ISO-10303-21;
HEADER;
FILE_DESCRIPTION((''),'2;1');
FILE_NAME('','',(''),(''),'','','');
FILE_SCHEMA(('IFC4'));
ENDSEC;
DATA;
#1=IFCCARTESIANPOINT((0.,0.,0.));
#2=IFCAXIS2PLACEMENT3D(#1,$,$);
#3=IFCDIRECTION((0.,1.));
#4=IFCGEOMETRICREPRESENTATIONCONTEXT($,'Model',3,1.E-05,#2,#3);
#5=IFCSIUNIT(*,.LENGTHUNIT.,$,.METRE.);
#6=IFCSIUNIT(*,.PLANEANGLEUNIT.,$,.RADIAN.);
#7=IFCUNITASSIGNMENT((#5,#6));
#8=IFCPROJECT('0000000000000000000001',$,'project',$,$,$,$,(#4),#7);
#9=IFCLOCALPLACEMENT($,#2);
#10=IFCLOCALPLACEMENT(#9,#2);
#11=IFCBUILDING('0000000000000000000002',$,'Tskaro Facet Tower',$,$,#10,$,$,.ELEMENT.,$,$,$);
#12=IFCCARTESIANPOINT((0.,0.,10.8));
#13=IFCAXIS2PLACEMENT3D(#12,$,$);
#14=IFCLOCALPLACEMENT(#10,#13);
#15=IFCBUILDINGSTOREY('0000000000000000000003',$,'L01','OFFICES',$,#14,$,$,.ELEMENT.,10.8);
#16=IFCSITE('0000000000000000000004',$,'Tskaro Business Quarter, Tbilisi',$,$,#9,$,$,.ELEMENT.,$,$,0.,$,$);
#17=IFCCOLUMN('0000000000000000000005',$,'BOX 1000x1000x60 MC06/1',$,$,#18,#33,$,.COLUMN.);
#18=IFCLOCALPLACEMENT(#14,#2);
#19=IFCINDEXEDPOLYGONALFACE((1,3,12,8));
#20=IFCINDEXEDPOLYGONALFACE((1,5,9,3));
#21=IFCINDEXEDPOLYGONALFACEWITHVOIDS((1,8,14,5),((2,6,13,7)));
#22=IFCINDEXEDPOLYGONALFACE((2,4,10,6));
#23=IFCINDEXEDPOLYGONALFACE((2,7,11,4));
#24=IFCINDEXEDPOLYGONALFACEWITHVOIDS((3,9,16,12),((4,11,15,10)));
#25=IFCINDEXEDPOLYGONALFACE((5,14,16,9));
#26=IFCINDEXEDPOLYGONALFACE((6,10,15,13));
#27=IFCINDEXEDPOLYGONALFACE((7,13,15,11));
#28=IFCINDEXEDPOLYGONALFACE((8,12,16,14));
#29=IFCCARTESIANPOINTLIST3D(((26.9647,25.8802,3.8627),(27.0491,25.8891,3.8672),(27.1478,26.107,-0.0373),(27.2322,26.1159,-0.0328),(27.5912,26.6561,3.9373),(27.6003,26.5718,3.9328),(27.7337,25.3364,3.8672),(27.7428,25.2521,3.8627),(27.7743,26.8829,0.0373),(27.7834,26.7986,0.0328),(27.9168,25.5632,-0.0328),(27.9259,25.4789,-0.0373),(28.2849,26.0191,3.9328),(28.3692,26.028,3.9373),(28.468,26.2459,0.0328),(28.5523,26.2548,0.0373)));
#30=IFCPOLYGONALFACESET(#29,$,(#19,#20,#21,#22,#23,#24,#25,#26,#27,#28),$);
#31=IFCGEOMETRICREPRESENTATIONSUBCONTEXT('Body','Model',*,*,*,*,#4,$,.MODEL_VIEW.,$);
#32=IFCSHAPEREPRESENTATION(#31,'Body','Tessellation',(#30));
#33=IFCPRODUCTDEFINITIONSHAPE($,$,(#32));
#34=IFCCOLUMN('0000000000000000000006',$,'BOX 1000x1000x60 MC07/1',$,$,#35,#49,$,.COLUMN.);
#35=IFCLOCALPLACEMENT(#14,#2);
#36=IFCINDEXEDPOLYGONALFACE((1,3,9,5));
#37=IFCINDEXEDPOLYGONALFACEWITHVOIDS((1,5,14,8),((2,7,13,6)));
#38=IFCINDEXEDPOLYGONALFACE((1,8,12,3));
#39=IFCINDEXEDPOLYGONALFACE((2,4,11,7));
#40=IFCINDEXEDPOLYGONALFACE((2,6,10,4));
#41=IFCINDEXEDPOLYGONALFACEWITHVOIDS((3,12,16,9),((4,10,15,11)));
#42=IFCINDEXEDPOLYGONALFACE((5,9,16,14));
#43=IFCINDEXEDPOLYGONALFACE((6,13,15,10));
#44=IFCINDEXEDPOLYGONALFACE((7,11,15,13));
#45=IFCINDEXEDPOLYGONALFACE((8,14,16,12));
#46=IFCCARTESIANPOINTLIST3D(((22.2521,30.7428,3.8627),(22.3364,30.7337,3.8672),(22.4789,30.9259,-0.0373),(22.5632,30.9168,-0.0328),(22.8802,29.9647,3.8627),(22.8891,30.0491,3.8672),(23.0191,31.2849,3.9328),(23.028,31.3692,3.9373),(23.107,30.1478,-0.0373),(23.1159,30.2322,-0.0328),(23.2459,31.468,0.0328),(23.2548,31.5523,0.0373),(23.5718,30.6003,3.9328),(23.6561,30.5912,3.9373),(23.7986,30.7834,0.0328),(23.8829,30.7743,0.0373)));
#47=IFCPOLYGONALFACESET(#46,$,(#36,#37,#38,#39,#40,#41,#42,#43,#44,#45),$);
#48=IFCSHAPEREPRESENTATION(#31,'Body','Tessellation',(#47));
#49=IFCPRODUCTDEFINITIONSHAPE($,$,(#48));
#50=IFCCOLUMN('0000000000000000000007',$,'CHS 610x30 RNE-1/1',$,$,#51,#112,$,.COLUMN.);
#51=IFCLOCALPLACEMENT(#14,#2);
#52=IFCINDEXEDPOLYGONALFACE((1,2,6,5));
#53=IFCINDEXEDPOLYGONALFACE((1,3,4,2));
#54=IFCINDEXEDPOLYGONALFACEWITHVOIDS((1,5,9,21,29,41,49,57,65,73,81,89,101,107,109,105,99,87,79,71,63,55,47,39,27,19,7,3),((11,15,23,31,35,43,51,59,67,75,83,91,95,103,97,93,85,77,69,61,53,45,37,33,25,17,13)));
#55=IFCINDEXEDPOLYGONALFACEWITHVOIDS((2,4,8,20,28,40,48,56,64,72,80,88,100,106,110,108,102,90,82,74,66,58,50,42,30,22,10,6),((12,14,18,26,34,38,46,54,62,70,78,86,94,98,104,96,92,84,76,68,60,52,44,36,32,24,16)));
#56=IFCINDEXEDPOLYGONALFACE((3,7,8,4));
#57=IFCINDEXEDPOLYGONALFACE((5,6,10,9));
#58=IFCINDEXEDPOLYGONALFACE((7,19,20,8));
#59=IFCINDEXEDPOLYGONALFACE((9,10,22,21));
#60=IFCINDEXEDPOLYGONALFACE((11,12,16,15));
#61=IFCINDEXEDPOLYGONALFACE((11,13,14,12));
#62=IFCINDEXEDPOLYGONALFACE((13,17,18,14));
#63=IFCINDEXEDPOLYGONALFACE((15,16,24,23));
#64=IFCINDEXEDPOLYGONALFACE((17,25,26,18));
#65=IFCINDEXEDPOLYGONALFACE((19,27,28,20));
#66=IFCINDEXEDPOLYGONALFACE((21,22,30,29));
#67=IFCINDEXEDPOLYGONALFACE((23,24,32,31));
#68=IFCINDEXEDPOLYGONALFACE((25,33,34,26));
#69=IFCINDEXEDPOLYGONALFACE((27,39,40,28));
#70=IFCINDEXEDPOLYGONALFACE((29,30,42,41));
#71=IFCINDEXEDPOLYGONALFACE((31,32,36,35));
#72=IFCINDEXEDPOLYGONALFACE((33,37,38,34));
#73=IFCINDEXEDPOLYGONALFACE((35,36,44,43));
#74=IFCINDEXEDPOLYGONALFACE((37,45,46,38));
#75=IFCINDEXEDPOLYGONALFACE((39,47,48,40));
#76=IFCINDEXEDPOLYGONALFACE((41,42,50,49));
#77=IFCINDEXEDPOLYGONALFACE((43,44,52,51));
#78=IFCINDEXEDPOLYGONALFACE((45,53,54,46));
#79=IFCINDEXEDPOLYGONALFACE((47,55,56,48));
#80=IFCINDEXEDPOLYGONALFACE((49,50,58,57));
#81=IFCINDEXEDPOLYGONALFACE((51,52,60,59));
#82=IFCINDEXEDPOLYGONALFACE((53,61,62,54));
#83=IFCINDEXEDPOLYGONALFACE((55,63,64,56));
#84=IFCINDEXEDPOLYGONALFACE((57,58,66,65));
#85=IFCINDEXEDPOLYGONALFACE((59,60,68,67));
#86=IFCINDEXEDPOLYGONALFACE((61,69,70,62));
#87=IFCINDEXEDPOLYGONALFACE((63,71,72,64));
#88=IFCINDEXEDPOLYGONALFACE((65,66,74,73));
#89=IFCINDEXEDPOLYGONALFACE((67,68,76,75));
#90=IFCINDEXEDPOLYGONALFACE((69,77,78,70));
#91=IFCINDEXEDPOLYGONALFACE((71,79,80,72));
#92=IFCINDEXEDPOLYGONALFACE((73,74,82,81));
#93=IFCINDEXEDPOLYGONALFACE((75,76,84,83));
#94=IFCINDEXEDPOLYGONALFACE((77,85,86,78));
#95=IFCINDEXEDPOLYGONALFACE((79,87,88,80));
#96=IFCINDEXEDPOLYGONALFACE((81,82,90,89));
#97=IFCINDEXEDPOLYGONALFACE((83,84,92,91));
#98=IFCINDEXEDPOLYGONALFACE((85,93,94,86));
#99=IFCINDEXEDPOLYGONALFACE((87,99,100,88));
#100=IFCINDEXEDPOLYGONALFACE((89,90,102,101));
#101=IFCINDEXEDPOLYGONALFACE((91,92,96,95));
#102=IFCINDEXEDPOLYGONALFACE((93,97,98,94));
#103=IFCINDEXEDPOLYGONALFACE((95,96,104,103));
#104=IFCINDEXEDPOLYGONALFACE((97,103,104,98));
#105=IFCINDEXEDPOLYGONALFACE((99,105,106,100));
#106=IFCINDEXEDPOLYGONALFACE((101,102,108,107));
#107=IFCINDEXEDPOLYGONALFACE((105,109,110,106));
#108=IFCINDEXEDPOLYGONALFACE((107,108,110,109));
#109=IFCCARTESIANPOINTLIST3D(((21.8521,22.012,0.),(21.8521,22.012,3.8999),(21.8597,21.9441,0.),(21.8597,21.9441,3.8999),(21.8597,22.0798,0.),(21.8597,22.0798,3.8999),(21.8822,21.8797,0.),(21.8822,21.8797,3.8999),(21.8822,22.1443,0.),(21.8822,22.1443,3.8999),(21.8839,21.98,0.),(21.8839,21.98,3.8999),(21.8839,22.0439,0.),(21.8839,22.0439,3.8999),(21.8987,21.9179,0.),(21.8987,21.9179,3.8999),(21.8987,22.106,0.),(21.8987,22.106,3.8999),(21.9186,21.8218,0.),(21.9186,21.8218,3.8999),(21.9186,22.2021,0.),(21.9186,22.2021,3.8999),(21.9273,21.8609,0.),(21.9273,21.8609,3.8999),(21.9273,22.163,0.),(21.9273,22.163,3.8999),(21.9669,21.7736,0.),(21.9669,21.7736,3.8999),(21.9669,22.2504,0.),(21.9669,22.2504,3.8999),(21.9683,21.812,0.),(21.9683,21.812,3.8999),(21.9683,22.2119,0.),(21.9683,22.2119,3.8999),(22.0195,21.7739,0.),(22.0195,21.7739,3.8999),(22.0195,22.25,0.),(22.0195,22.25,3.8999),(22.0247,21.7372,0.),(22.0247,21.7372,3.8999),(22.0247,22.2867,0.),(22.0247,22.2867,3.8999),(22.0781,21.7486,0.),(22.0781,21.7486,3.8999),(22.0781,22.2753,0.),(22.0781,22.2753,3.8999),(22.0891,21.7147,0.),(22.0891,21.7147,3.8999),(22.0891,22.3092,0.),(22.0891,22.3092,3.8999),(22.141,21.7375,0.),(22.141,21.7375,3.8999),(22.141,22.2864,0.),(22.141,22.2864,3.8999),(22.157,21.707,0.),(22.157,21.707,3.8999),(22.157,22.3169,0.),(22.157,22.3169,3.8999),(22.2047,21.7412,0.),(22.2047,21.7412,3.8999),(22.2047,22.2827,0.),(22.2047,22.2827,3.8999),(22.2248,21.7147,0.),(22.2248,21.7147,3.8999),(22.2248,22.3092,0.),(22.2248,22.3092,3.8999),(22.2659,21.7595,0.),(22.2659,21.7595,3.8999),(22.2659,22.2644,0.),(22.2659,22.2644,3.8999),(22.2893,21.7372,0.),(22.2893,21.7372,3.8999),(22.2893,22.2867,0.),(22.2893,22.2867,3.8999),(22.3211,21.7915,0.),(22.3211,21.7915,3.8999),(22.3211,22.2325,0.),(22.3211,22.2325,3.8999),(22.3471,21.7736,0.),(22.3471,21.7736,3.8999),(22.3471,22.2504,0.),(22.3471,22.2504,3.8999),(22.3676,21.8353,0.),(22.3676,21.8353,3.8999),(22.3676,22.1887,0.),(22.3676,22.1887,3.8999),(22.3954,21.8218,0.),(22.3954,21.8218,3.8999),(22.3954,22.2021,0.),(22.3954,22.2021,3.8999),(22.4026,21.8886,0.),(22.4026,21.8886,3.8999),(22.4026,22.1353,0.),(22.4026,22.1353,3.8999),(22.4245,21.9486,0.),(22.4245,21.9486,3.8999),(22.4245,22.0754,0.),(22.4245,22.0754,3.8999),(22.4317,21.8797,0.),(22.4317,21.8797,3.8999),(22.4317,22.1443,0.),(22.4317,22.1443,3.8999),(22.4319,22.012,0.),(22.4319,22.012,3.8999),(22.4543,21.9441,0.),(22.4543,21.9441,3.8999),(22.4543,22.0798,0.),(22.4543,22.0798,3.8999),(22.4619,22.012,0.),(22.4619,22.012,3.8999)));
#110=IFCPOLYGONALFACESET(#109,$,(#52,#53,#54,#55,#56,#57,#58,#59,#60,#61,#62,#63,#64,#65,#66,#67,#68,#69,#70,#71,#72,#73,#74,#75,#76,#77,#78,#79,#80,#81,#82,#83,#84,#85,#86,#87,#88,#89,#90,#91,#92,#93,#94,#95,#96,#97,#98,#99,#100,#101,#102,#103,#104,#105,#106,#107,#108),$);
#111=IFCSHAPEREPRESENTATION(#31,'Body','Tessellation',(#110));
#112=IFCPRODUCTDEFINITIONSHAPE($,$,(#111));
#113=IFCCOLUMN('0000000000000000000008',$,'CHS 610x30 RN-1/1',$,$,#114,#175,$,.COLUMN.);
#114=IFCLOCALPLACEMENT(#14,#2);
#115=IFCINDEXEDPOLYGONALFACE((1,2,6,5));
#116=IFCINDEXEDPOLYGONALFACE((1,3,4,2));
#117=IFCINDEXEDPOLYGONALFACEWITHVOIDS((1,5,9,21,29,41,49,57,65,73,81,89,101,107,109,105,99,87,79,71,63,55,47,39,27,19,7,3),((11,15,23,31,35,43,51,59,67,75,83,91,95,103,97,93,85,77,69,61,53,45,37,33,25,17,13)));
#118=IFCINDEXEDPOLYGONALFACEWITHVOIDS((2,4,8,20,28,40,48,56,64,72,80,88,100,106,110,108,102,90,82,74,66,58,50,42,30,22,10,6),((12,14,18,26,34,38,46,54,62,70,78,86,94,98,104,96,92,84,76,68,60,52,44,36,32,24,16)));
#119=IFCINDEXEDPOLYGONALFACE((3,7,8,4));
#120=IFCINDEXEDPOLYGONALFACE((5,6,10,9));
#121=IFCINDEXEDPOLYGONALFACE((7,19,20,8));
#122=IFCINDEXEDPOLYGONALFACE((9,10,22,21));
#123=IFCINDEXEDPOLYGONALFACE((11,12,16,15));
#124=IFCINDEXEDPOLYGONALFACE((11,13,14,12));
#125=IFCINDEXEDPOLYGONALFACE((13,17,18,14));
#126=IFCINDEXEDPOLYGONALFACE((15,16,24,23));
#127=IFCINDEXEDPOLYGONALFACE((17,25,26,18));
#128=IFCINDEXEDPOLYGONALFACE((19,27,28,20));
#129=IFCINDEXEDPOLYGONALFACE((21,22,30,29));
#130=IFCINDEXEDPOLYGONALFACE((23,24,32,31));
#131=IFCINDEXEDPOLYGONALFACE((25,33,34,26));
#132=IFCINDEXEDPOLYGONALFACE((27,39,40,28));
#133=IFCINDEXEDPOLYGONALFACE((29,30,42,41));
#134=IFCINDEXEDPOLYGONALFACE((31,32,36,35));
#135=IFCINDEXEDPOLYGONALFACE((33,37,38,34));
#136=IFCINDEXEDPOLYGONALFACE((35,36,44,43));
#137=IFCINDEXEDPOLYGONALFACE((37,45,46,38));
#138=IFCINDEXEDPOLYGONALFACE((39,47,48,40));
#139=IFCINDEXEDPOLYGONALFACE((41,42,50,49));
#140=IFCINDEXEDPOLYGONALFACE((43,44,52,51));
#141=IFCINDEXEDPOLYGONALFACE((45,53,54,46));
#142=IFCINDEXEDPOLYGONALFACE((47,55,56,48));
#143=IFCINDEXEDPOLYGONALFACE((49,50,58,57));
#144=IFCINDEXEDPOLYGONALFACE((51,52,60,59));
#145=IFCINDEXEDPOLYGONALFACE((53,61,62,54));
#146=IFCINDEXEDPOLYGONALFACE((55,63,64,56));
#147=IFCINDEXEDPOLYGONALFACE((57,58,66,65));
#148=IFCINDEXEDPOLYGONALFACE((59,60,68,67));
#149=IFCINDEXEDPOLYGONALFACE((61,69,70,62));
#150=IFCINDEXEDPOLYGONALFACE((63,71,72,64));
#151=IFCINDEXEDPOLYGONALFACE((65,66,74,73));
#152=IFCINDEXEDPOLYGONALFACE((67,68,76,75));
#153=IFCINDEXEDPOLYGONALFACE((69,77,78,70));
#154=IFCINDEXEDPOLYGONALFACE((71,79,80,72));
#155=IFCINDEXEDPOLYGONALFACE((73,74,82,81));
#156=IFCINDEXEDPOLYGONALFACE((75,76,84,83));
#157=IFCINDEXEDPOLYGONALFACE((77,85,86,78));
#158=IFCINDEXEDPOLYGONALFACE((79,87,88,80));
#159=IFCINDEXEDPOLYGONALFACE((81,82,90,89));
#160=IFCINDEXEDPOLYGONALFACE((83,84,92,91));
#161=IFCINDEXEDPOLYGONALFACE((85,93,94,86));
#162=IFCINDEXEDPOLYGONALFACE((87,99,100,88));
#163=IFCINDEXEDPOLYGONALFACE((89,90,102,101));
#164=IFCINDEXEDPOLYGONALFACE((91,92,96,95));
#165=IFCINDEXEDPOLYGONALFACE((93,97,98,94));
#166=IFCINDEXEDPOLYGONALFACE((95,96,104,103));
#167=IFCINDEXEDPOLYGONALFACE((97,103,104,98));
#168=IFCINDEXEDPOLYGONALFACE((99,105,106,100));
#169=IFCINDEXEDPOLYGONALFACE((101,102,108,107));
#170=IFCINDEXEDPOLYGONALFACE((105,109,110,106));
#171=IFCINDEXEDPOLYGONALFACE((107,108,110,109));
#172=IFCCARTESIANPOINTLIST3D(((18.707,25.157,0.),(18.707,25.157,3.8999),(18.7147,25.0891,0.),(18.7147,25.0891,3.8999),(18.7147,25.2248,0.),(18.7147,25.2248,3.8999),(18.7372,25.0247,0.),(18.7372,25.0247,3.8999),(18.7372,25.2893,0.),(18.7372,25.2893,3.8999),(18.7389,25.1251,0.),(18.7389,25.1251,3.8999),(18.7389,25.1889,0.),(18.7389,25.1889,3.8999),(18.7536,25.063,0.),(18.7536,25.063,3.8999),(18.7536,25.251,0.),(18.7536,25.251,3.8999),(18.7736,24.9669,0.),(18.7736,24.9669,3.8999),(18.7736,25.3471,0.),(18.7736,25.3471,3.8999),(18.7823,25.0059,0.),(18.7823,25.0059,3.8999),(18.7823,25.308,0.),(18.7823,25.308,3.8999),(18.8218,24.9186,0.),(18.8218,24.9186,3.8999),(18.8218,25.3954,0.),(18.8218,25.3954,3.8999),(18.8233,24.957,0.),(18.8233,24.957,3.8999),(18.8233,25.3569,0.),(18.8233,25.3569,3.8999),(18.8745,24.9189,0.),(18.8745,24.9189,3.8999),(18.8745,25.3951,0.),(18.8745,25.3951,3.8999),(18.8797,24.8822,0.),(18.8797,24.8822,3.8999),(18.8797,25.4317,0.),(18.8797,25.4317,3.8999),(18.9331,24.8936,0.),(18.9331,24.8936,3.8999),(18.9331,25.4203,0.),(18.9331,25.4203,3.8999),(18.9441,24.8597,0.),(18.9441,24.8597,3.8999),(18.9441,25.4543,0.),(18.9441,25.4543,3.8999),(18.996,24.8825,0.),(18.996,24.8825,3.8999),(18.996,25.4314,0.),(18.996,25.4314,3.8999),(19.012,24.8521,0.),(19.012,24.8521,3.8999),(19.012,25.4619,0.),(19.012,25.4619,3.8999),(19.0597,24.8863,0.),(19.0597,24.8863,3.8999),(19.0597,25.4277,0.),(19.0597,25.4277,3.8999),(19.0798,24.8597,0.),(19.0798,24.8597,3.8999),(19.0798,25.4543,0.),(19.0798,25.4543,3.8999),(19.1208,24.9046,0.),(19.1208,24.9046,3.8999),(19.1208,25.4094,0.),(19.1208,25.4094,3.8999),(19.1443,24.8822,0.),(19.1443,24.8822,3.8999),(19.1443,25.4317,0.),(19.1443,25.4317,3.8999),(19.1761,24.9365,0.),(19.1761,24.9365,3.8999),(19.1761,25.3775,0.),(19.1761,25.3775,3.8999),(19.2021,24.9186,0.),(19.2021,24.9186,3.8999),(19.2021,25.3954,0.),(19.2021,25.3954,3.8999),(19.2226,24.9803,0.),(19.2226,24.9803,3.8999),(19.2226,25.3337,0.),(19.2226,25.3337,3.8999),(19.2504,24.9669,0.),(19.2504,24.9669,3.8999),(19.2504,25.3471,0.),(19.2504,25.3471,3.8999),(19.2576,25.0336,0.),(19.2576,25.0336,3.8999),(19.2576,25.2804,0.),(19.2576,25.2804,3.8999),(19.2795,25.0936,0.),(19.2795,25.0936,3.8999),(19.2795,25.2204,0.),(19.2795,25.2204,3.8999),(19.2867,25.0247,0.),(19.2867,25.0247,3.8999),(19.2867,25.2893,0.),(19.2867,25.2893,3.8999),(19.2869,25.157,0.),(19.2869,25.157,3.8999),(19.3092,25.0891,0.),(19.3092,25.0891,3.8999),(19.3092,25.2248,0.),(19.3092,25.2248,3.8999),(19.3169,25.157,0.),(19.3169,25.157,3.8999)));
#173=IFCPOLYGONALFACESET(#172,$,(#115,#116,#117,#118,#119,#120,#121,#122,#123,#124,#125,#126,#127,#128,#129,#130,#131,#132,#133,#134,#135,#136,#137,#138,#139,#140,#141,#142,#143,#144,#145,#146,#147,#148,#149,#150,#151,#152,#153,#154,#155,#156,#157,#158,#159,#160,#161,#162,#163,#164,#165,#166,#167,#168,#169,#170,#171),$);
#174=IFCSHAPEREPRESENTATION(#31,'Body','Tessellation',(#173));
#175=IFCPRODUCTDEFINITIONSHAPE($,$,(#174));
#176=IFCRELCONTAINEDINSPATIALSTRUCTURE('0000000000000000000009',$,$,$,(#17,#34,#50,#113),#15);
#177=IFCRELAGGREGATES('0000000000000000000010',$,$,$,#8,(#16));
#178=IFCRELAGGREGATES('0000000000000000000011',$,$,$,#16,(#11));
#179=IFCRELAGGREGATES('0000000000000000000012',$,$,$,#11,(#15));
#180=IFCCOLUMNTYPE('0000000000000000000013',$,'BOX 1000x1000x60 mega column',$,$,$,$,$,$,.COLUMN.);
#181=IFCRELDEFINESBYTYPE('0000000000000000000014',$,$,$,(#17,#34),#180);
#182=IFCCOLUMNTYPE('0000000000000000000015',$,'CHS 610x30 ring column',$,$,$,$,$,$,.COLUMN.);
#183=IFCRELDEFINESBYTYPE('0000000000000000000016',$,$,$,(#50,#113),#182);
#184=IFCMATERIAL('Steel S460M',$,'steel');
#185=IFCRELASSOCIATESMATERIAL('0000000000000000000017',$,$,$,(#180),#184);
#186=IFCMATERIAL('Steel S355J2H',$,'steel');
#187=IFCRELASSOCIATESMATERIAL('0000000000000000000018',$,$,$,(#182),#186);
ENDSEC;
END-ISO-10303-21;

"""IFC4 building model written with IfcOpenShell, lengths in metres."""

from ifc_helpers import new_model, si_unit, direction, frame, origin, origin_2d, place, context, subcontext, project, spatial, hollow_rectangle, hollow_circle, extrude, material, material_profile, profile_set, type_object, element, save


model = new_model("IFC4")

# Units and contexts
model_context = context("Model", 3, precision=1e-05, world=origin(), true_north=direction((0.0, 1.0)))
body_context = subcontext(model_context, "Body", "Model", "MODEL_VIEW")
ifc_project = project(units=[si_unit("LENGTHUNIT", "METRE"), si_unit("PLANEANGLEUNIT", "RADIAN")], contexts=[model_context])

# Site, building, storey
site_placement = place(None, origin())
site = spatial("IfcSite", under=ifc_project, at=site_placement, Name="Tskaro Business Quarter, Tbilisi", CompositionType="ELEMENT", RefElevation=0.0)
building_placement = place(site_placement, origin())
building = spatial("IfcBuilding", under=site, at=building_placement, Name="Tskaro Facet Tower", CompositionType="ELEMENT")
storey_placement = place(building_placement, frame((0.0, 0.0, 10.8)))
storey = spatial("IfcBuildingStorey", under=building, at=storey_placement, Name="L01", Description="OFFICES", CompositionType="ELEMENT", Elevation=10.8)

# Columns
ifc_material_1 = material(Name="Steel S460M", Category="steel")
ifc_material_profile_1 = material_profile(ifc_material_1, hollow_rectangle(XDim=1.0, YDim=1.0, WallThickness=0.0601, at=origin_2d()), Name="BOX 1000x1000x60")
ifc_profile_set_1 = profile_set([ifc_material_profile_1], Name="Steel S460M")
column_type_1 = type_object("IfcColumnType", Name="BOX 1000x1000x60 mega column", PredefinedType="COLUMN", material=ifc_profile_set_1)
for number, where, z_axis, x_axis, name in (
    (1, (27.8501, 26.1809, 0.0), (-0.046821, -0.057995, 0.997218), (0.778083, -0.628162, 0.0), "BOX 1000x1000x60 MC06/1"),
    (2, (23.1809, 30.8501, 0.0), (-0.057995, -0.046821, 0.997218), (0.628162, -0.778083, 0.0), "BOX 1000x1000x60 MC07/1"),
):
    element("IfcColumn", number, at=place(storey_placement, frame(where, z_axis=z_axis, x_axis=x_axis)), inside=storey, type_object=column_type_1, Name=name, PredefinedType="COLUMN", context=body_context, shape_type="SweptSolid", body=[
        extrude(hollow_rectangle(XDim=1.0, YDim=1.0, WallThickness=0.0601, at=origin_2d()), origin(), (0.0, 0.0, 1.0), 3.9109),
    ])
ifc_material_2 = material(Name="Steel S355J2H", Category="steel")
ifc_material_profile_2 = material_profile(ifc_material_2, hollow_circle(Radius=0.3049, WallThickness=0.03, at=origin_2d()), Name="CHS 610x30")
ifc_profile_set_2 = profile_set([ifc_material_profile_2], Name="Steel S355J2H")
column_type_2 = type_object("IfcColumnType", Name="CHS 610x30 ring column", PredefinedType="COLUMN", material=ifc_profile_set_2)
for number, where, z_axis, x_axis, name in (
    (3, (22.157, 22.012, 0.0), (0.0, 0.0, 1.0), (1.0, 0.0, 0.0), "CHS 610x30 RNE-1/1"),
    (4, (19.012, 25.157, 0.0), (0.0, 0.0, 1.0), (1.0, 0.0, 0.0), "CHS 610x30 RN-1/1"),
):
    element("IfcColumn", number, at=place(storey_placement, frame(where, z_axis=z_axis, x_axis=x_axis)), inside=storey, type_object=column_type_2, Name=name, PredefinedType="COLUMN", context=body_context, shape_type="SweptSolid", body=[
        extrude(hollow_circle(Radius=0.3049, WallThickness=0.03, at=origin_2d()), origin(), (0.0, 0.0, 1.0), 3.8999),
    ])

save(model, "model.ifc")
